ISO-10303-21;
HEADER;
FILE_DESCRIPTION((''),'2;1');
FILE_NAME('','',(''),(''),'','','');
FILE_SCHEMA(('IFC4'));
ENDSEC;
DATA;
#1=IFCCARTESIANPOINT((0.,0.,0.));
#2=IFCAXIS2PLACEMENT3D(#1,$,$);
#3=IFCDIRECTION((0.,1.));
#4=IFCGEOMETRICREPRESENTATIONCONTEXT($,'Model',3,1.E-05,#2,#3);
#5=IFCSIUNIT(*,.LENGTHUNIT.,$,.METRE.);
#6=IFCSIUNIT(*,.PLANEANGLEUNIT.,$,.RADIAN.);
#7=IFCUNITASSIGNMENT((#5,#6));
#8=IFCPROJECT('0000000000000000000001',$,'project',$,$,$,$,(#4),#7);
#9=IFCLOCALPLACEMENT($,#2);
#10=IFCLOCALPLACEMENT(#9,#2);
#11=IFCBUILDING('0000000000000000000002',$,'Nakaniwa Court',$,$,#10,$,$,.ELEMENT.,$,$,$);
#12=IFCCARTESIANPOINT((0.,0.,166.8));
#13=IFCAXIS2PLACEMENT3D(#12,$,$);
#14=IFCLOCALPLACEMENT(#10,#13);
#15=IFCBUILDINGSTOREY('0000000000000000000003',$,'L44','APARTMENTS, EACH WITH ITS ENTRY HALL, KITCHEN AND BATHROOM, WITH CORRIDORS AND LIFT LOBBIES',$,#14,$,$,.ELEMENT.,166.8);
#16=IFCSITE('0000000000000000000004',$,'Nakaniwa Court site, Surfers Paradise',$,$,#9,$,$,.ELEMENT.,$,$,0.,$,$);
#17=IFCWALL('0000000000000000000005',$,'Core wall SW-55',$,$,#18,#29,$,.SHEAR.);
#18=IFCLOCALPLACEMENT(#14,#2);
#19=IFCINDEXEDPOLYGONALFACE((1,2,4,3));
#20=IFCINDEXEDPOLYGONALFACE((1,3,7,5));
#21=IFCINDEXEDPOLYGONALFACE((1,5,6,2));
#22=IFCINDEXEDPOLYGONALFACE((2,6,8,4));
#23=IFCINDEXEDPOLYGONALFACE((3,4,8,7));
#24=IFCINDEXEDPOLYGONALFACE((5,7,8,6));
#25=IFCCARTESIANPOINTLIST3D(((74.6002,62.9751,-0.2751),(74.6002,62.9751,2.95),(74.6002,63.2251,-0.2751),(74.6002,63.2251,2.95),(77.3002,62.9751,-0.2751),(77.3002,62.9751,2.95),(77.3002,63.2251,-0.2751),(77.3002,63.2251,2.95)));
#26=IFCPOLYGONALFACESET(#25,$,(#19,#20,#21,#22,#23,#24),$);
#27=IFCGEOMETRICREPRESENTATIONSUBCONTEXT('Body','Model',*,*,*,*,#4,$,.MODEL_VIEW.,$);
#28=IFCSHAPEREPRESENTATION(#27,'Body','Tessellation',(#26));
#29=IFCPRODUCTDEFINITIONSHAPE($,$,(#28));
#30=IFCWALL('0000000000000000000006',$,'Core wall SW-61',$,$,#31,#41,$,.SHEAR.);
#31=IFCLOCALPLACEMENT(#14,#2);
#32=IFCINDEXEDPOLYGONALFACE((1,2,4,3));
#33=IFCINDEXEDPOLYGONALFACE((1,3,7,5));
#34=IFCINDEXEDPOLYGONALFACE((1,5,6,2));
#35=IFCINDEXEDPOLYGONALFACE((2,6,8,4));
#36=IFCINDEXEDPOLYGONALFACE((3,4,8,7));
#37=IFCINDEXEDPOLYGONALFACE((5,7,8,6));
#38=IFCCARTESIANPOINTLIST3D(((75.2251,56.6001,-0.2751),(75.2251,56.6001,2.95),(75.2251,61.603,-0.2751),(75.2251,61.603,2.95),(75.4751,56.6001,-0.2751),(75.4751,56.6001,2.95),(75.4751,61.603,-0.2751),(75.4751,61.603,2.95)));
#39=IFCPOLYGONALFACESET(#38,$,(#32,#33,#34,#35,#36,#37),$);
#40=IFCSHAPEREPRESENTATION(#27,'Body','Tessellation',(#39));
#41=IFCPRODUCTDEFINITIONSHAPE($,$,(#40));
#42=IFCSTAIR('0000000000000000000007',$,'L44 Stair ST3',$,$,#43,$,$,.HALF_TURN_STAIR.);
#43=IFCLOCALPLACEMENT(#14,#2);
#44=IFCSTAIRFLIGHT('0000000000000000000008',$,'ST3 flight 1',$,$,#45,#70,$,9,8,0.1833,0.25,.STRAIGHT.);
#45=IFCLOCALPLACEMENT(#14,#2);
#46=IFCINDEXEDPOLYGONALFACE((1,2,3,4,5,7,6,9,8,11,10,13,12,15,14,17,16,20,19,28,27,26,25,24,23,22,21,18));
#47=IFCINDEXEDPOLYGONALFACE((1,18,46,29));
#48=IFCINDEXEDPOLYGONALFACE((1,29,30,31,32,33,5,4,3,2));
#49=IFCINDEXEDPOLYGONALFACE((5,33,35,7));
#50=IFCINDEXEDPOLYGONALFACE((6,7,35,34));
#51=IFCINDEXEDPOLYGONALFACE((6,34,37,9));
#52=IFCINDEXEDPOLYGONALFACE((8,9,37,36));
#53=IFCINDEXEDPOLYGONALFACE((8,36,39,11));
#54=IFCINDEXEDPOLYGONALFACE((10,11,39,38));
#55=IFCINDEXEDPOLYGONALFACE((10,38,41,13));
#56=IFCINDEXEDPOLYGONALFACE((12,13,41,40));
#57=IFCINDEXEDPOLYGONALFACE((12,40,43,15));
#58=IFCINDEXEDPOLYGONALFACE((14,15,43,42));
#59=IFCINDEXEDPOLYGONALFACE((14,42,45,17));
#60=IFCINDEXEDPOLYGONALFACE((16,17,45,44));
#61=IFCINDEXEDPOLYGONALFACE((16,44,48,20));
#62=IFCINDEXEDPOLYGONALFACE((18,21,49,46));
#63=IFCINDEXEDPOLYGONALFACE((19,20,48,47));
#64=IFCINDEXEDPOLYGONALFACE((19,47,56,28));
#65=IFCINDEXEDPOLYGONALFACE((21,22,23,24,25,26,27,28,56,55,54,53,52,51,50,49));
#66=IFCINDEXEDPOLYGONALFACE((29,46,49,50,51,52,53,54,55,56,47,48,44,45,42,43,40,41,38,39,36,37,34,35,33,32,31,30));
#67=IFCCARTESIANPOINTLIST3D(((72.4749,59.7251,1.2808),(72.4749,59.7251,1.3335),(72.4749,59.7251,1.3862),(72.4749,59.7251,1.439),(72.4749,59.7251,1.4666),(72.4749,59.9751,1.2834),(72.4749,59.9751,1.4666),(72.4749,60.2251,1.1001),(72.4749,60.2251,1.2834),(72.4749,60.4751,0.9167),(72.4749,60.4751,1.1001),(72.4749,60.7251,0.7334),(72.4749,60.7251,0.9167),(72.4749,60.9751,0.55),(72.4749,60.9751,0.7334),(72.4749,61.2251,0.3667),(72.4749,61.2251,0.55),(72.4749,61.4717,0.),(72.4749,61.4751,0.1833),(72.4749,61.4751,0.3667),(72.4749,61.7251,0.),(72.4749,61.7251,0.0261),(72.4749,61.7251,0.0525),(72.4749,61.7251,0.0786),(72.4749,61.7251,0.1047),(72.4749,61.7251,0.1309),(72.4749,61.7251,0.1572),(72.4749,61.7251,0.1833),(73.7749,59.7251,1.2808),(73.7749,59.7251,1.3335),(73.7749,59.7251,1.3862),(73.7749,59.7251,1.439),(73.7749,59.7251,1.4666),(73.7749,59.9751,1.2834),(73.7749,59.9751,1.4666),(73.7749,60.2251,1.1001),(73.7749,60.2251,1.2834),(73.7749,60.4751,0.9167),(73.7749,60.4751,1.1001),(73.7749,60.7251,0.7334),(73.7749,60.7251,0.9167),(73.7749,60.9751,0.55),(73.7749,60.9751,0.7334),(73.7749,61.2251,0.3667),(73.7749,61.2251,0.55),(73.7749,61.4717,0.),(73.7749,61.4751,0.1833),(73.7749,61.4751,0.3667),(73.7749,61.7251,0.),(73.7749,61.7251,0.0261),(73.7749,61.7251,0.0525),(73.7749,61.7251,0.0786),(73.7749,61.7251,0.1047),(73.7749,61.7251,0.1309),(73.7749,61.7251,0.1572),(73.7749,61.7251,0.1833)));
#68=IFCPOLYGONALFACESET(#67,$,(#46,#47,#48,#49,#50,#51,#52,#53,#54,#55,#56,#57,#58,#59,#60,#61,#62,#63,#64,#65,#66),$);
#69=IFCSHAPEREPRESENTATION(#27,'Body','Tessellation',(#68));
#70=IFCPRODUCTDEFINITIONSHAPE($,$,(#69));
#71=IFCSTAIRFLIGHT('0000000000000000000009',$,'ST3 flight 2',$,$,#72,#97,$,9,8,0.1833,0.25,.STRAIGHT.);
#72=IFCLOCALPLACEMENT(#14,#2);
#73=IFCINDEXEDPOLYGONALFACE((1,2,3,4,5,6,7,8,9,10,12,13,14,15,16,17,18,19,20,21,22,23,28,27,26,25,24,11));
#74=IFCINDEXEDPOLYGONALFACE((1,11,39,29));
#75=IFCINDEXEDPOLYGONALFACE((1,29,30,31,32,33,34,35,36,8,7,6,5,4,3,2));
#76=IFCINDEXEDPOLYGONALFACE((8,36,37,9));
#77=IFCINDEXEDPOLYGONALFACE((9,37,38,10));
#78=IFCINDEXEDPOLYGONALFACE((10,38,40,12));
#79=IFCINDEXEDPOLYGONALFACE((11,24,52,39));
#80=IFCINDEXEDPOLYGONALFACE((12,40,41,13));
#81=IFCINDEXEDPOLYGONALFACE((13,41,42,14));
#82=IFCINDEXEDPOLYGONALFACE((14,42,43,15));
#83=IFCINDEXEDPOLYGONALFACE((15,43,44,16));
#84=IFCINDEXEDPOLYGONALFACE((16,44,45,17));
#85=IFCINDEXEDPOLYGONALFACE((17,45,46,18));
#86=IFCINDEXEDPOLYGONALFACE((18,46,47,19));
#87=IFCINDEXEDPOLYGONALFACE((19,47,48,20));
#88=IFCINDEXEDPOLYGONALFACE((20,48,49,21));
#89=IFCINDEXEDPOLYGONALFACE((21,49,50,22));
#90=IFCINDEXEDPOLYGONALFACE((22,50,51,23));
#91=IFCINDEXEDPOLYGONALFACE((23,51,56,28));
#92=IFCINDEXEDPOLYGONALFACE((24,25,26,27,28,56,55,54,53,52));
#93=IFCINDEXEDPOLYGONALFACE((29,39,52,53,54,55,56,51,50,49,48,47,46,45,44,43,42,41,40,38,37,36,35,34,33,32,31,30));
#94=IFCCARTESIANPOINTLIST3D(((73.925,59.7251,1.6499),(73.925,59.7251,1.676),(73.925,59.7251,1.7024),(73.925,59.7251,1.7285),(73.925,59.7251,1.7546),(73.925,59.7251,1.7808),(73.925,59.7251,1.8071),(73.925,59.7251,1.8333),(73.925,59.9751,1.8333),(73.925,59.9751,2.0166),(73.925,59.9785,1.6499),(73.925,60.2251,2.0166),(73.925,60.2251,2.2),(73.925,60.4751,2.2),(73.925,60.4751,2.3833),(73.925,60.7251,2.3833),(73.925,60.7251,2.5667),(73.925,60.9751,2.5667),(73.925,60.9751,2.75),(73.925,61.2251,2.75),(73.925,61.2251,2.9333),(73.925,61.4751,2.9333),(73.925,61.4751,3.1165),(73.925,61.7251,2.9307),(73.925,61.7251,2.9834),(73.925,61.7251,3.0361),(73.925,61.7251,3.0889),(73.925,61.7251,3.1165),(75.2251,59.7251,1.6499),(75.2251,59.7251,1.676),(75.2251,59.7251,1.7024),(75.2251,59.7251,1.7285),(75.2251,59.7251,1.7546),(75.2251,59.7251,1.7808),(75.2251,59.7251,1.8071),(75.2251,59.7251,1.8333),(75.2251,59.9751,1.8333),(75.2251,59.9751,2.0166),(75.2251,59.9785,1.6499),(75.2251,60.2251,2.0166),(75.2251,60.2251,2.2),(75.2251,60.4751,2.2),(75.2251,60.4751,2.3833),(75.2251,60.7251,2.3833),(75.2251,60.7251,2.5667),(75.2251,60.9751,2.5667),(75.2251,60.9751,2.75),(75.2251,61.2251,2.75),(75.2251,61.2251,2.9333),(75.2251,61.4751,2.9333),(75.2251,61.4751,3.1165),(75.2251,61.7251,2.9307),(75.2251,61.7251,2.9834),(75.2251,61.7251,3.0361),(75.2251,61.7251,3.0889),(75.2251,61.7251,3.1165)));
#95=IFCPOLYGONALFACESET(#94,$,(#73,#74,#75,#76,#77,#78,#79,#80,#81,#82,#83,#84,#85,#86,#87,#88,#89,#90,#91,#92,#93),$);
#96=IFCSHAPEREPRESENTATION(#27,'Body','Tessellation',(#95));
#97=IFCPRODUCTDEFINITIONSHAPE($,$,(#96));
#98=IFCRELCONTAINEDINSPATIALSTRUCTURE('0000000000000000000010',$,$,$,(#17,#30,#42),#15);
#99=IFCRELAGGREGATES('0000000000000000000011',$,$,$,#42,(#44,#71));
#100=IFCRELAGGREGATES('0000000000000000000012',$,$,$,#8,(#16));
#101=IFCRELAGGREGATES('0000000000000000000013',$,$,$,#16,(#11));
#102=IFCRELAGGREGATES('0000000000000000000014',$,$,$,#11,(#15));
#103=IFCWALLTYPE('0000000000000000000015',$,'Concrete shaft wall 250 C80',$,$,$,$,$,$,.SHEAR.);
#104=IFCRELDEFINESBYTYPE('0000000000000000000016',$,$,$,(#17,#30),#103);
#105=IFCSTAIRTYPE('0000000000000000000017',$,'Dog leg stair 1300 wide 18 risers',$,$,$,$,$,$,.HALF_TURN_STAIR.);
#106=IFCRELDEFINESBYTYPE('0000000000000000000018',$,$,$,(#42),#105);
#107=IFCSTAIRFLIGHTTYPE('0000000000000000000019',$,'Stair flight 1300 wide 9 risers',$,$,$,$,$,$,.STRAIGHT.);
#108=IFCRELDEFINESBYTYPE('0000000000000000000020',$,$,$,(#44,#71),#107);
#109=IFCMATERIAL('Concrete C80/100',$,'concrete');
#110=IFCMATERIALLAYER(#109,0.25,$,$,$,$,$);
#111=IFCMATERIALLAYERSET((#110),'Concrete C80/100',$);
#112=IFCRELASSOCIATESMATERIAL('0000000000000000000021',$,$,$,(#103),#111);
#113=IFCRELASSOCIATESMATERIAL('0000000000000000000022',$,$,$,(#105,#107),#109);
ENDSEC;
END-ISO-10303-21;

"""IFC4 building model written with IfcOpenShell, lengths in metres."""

from ifc_helpers import new_model, si_unit, direction, frame, frame_2d, origin, place, context, subcontext, project, spatial, polyline, rectangle, outline, extrude, material, layer, layer_set, type_object, element, aggregate, save


model = new_model("IFC4")

# Units and contexts
model_context = context("Model", 3, precision=1e-05, world=origin(), true_north=direction((0.0, 1.0)))
body_context = subcontext(model_context, "Body", "Model", "MODEL_VIEW")
ifc_project = project(units=[si_unit("LENGTHUNIT", "METRE"), si_unit("PLANEANGLEUNIT", "RADIAN")], contexts=[model_context])

# Site, building, storey
site_placement = place(None, origin())
site = spatial("IfcSite", under=ifc_project, at=site_placement, Name="Nakaniwa Court site, Surfers Paradise", CompositionType="ELEMENT", RefElevation=0.0)
building_placement = place(site_placement, origin())
building = spatial("IfcBuilding", under=site, at=building_placement, Name="Nakaniwa Court", CompositionType="ELEMENT")
storey_placement = place(building_placement, frame((0.0, 0.0, 166.8)))
storey = spatial("IfcBuildingStorey", under=building, at=storey_placement, Name="L44", Description="APARTMENTS, EACH WITH ITS ENTRY HALL, KITCHEN AND BATHROOM, WITH CORRIDORS AND LIFT LOBBIES", CompositionType="ELEMENT", Elevation=166.8)

# Shared definitions
ifc_material_1 = material(Name="Concrete C80/100", Category="concrete")

# Walls
ifc_layer_1 = layer(ifc_material_1, 0.25)
ifc_layer_set_1 = layer_set([ifc_layer_1], Name="Concrete C80/100")
wall_type_1 = type_object("IfcWallType", Name="Concrete shaft wall 250 C80", PredefinedType="SHEAR", material=ifc_layer_set_1)
wall_1_placement = place(storey_placement, frame((74.6001, 63.1001, -0.2751), z_axis=(0.0, 0.0, 1.0), x_axis=(1.0, 0.0, 0.0)))
element("IfcWall", 1, at=wall_1_placement, inside=storey, type_object=wall_type_1, Name="Core wall SW-55", PredefinedType="SHEAR", context=body_context, shape_type="SweptSolid", body=[
    extrude(rectangle(XDim=2.7, YDim=0.25, at=frame_2d((1.3501, 0.0))), origin(), (0.0, 0.0, 1.0), 3.2251),
])
wall_2_placement = place(storey_placement, frame((75.3501, 56.6001, -0.2751), z_axis=(0.0, 0.0, 1.0), x_axis=(0.0, 1.0, 0.0)))
element("IfcWall", 2, at=wall_2_placement, inside=storey, type_object=wall_type_1, Name="Core wall SW-61", PredefinedType="SHEAR", context=body_context, shape_type="SweptSolid", body=[
    extrude(rectangle(XDim=5.0029, YDim=0.25, at=frame_2d((2.5015, 0.0))), origin(), (0.0, 0.0, 1.0), 3.2251),
])

# Stair, stair flights
stair_type = type_object("IfcStairType", Name="Dog leg stair 1300 wide 18 risers", PredefinedType="HALF_TURN_STAIR", material=ifc_material_1)
stair_placement = place(storey_placement, origin())
stair = element("IfcStair", 3, at=stair_placement, inside=storey, type_object=stair_type, Name="L44 Stair ST3", PredefinedType="HALF_TURN_STAIR")
stair_flight_type = type_object("IfcStairFlightType", Name="Stair flight 1300 wide 9 risers", PredefinedType="STRAIGHT", material=ifc_material_1)
stair_flight_1_placement = place(storey_placement, frame((73.125, 61.7251, 0.0), z_axis=(0.0, 0.0, 1.0), x_axis=(0.0, -1.0, 0.0)))
stair_flight_1 = element("IfcStairFlight", 4, at=stair_flight_1_placement, type_object=stair_flight_type, Name="ST3 flight 1", NumberOfRisers=9, NumberOfTreads=8, PredefinedType="STRAIGHT", RiserHeight=0.1833, TreadLength=0.25, context=body_context, shape_type="SweptSolid", body=[
    extrude(outline(polyline([(0.0, 0.0), (0.0, 0.0261), (0.0, 0.0525), (0.0, 0.0786), (0.0, 0.1047), (0.0, 0.1309), (0.0, 0.1572), (0.0, 0.1833), (0.25, 0.1833), (0.25, 0.3667), (0.5, 0.3667), (0.5, 0.55), (0.75, 0.55), (0.75, 0.7334), (1.0, 0.7334), (1.0, 0.9167), (1.25, 0.9167), (1.25, 1.1001), (1.5, 1.1001), (1.5, 1.2834), (1.75, 1.2834), (1.75, 1.4666), (2.0, 1.4666), (2.0, 1.6499), (2.0, 1.5972), (2.0, 1.5444), (2.0, 1.4917), (2.0, 1.439), (2.0, 1.3862), (2.0, 1.3335), (2.0, 1.2808), (0.2534, 0.0), (0.0, 0.0)])), frame((0.0, 0.6499, 0.0), z_axis=(0.0, -1.0, 0.0), x_axis=(1.0, 0.0, 0.0)), (0.0, 0.0, 1.0), 1.3),
])
stair_flight_2_placement = place(storey_placement, frame((74.575, 59.7251, 1.6499), z_axis=(0.0, 0.0, 1.0), x_axis=(0.0, 1.0, 0.0)))
stair_flight_2 = element("IfcStairFlight", 5, at=stair_flight_2_placement, type_object=stair_flight_type, Name="ST3 flight 2", NumberOfRisers=9, NumberOfTreads=8, PredefinedType="STRAIGHT", RiserHeight=0.1833, TreadLength=0.25, context=body_context, shape_type="SweptSolid", body=[
    extrude(outline(polyline([(0.0, 0.0), (0.0, 0.0261), (0.0, 0.0525), (0.0, 0.0786), (0.0, 0.1047), (0.0, 0.1309), (0.0, 0.1572), (0.0, 0.1833), (0.25, 0.1833), (0.25, 0.3667), (0.5, 0.3667), (0.5, 0.55), (0.75, 0.55), (0.75, 0.7334), (1.0, 0.7334), (1.0, 0.9167), (1.25, 0.9167), (1.25, 1.1001), (1.5, 1.1001), (1.5, 1.2834), (1.75, 1.2834), (1.75, 1.4666), (2.0, 1.4666), (2.0, 1.6499), (2.0, 1.5972), (2.0, 1.5444), (2.0, 1.4917), (2.0, 1.439), (2.0, 1.3862), (2.0, 1.3335), (2.0, 1.2808), (0.2534, 0.0), (0.0, 0.0)])), frame((0.0, 0.6499, 0.0), z_axis=(0.0, -1.0, 0.0), x_axis=(1.0, 0.0, 0.0)), (0.0, 0.0, 1.0), 1.3),
])
aggregate(stair, [stair_flight_1, stair_flight_2])

save(model, "model.ifc")
